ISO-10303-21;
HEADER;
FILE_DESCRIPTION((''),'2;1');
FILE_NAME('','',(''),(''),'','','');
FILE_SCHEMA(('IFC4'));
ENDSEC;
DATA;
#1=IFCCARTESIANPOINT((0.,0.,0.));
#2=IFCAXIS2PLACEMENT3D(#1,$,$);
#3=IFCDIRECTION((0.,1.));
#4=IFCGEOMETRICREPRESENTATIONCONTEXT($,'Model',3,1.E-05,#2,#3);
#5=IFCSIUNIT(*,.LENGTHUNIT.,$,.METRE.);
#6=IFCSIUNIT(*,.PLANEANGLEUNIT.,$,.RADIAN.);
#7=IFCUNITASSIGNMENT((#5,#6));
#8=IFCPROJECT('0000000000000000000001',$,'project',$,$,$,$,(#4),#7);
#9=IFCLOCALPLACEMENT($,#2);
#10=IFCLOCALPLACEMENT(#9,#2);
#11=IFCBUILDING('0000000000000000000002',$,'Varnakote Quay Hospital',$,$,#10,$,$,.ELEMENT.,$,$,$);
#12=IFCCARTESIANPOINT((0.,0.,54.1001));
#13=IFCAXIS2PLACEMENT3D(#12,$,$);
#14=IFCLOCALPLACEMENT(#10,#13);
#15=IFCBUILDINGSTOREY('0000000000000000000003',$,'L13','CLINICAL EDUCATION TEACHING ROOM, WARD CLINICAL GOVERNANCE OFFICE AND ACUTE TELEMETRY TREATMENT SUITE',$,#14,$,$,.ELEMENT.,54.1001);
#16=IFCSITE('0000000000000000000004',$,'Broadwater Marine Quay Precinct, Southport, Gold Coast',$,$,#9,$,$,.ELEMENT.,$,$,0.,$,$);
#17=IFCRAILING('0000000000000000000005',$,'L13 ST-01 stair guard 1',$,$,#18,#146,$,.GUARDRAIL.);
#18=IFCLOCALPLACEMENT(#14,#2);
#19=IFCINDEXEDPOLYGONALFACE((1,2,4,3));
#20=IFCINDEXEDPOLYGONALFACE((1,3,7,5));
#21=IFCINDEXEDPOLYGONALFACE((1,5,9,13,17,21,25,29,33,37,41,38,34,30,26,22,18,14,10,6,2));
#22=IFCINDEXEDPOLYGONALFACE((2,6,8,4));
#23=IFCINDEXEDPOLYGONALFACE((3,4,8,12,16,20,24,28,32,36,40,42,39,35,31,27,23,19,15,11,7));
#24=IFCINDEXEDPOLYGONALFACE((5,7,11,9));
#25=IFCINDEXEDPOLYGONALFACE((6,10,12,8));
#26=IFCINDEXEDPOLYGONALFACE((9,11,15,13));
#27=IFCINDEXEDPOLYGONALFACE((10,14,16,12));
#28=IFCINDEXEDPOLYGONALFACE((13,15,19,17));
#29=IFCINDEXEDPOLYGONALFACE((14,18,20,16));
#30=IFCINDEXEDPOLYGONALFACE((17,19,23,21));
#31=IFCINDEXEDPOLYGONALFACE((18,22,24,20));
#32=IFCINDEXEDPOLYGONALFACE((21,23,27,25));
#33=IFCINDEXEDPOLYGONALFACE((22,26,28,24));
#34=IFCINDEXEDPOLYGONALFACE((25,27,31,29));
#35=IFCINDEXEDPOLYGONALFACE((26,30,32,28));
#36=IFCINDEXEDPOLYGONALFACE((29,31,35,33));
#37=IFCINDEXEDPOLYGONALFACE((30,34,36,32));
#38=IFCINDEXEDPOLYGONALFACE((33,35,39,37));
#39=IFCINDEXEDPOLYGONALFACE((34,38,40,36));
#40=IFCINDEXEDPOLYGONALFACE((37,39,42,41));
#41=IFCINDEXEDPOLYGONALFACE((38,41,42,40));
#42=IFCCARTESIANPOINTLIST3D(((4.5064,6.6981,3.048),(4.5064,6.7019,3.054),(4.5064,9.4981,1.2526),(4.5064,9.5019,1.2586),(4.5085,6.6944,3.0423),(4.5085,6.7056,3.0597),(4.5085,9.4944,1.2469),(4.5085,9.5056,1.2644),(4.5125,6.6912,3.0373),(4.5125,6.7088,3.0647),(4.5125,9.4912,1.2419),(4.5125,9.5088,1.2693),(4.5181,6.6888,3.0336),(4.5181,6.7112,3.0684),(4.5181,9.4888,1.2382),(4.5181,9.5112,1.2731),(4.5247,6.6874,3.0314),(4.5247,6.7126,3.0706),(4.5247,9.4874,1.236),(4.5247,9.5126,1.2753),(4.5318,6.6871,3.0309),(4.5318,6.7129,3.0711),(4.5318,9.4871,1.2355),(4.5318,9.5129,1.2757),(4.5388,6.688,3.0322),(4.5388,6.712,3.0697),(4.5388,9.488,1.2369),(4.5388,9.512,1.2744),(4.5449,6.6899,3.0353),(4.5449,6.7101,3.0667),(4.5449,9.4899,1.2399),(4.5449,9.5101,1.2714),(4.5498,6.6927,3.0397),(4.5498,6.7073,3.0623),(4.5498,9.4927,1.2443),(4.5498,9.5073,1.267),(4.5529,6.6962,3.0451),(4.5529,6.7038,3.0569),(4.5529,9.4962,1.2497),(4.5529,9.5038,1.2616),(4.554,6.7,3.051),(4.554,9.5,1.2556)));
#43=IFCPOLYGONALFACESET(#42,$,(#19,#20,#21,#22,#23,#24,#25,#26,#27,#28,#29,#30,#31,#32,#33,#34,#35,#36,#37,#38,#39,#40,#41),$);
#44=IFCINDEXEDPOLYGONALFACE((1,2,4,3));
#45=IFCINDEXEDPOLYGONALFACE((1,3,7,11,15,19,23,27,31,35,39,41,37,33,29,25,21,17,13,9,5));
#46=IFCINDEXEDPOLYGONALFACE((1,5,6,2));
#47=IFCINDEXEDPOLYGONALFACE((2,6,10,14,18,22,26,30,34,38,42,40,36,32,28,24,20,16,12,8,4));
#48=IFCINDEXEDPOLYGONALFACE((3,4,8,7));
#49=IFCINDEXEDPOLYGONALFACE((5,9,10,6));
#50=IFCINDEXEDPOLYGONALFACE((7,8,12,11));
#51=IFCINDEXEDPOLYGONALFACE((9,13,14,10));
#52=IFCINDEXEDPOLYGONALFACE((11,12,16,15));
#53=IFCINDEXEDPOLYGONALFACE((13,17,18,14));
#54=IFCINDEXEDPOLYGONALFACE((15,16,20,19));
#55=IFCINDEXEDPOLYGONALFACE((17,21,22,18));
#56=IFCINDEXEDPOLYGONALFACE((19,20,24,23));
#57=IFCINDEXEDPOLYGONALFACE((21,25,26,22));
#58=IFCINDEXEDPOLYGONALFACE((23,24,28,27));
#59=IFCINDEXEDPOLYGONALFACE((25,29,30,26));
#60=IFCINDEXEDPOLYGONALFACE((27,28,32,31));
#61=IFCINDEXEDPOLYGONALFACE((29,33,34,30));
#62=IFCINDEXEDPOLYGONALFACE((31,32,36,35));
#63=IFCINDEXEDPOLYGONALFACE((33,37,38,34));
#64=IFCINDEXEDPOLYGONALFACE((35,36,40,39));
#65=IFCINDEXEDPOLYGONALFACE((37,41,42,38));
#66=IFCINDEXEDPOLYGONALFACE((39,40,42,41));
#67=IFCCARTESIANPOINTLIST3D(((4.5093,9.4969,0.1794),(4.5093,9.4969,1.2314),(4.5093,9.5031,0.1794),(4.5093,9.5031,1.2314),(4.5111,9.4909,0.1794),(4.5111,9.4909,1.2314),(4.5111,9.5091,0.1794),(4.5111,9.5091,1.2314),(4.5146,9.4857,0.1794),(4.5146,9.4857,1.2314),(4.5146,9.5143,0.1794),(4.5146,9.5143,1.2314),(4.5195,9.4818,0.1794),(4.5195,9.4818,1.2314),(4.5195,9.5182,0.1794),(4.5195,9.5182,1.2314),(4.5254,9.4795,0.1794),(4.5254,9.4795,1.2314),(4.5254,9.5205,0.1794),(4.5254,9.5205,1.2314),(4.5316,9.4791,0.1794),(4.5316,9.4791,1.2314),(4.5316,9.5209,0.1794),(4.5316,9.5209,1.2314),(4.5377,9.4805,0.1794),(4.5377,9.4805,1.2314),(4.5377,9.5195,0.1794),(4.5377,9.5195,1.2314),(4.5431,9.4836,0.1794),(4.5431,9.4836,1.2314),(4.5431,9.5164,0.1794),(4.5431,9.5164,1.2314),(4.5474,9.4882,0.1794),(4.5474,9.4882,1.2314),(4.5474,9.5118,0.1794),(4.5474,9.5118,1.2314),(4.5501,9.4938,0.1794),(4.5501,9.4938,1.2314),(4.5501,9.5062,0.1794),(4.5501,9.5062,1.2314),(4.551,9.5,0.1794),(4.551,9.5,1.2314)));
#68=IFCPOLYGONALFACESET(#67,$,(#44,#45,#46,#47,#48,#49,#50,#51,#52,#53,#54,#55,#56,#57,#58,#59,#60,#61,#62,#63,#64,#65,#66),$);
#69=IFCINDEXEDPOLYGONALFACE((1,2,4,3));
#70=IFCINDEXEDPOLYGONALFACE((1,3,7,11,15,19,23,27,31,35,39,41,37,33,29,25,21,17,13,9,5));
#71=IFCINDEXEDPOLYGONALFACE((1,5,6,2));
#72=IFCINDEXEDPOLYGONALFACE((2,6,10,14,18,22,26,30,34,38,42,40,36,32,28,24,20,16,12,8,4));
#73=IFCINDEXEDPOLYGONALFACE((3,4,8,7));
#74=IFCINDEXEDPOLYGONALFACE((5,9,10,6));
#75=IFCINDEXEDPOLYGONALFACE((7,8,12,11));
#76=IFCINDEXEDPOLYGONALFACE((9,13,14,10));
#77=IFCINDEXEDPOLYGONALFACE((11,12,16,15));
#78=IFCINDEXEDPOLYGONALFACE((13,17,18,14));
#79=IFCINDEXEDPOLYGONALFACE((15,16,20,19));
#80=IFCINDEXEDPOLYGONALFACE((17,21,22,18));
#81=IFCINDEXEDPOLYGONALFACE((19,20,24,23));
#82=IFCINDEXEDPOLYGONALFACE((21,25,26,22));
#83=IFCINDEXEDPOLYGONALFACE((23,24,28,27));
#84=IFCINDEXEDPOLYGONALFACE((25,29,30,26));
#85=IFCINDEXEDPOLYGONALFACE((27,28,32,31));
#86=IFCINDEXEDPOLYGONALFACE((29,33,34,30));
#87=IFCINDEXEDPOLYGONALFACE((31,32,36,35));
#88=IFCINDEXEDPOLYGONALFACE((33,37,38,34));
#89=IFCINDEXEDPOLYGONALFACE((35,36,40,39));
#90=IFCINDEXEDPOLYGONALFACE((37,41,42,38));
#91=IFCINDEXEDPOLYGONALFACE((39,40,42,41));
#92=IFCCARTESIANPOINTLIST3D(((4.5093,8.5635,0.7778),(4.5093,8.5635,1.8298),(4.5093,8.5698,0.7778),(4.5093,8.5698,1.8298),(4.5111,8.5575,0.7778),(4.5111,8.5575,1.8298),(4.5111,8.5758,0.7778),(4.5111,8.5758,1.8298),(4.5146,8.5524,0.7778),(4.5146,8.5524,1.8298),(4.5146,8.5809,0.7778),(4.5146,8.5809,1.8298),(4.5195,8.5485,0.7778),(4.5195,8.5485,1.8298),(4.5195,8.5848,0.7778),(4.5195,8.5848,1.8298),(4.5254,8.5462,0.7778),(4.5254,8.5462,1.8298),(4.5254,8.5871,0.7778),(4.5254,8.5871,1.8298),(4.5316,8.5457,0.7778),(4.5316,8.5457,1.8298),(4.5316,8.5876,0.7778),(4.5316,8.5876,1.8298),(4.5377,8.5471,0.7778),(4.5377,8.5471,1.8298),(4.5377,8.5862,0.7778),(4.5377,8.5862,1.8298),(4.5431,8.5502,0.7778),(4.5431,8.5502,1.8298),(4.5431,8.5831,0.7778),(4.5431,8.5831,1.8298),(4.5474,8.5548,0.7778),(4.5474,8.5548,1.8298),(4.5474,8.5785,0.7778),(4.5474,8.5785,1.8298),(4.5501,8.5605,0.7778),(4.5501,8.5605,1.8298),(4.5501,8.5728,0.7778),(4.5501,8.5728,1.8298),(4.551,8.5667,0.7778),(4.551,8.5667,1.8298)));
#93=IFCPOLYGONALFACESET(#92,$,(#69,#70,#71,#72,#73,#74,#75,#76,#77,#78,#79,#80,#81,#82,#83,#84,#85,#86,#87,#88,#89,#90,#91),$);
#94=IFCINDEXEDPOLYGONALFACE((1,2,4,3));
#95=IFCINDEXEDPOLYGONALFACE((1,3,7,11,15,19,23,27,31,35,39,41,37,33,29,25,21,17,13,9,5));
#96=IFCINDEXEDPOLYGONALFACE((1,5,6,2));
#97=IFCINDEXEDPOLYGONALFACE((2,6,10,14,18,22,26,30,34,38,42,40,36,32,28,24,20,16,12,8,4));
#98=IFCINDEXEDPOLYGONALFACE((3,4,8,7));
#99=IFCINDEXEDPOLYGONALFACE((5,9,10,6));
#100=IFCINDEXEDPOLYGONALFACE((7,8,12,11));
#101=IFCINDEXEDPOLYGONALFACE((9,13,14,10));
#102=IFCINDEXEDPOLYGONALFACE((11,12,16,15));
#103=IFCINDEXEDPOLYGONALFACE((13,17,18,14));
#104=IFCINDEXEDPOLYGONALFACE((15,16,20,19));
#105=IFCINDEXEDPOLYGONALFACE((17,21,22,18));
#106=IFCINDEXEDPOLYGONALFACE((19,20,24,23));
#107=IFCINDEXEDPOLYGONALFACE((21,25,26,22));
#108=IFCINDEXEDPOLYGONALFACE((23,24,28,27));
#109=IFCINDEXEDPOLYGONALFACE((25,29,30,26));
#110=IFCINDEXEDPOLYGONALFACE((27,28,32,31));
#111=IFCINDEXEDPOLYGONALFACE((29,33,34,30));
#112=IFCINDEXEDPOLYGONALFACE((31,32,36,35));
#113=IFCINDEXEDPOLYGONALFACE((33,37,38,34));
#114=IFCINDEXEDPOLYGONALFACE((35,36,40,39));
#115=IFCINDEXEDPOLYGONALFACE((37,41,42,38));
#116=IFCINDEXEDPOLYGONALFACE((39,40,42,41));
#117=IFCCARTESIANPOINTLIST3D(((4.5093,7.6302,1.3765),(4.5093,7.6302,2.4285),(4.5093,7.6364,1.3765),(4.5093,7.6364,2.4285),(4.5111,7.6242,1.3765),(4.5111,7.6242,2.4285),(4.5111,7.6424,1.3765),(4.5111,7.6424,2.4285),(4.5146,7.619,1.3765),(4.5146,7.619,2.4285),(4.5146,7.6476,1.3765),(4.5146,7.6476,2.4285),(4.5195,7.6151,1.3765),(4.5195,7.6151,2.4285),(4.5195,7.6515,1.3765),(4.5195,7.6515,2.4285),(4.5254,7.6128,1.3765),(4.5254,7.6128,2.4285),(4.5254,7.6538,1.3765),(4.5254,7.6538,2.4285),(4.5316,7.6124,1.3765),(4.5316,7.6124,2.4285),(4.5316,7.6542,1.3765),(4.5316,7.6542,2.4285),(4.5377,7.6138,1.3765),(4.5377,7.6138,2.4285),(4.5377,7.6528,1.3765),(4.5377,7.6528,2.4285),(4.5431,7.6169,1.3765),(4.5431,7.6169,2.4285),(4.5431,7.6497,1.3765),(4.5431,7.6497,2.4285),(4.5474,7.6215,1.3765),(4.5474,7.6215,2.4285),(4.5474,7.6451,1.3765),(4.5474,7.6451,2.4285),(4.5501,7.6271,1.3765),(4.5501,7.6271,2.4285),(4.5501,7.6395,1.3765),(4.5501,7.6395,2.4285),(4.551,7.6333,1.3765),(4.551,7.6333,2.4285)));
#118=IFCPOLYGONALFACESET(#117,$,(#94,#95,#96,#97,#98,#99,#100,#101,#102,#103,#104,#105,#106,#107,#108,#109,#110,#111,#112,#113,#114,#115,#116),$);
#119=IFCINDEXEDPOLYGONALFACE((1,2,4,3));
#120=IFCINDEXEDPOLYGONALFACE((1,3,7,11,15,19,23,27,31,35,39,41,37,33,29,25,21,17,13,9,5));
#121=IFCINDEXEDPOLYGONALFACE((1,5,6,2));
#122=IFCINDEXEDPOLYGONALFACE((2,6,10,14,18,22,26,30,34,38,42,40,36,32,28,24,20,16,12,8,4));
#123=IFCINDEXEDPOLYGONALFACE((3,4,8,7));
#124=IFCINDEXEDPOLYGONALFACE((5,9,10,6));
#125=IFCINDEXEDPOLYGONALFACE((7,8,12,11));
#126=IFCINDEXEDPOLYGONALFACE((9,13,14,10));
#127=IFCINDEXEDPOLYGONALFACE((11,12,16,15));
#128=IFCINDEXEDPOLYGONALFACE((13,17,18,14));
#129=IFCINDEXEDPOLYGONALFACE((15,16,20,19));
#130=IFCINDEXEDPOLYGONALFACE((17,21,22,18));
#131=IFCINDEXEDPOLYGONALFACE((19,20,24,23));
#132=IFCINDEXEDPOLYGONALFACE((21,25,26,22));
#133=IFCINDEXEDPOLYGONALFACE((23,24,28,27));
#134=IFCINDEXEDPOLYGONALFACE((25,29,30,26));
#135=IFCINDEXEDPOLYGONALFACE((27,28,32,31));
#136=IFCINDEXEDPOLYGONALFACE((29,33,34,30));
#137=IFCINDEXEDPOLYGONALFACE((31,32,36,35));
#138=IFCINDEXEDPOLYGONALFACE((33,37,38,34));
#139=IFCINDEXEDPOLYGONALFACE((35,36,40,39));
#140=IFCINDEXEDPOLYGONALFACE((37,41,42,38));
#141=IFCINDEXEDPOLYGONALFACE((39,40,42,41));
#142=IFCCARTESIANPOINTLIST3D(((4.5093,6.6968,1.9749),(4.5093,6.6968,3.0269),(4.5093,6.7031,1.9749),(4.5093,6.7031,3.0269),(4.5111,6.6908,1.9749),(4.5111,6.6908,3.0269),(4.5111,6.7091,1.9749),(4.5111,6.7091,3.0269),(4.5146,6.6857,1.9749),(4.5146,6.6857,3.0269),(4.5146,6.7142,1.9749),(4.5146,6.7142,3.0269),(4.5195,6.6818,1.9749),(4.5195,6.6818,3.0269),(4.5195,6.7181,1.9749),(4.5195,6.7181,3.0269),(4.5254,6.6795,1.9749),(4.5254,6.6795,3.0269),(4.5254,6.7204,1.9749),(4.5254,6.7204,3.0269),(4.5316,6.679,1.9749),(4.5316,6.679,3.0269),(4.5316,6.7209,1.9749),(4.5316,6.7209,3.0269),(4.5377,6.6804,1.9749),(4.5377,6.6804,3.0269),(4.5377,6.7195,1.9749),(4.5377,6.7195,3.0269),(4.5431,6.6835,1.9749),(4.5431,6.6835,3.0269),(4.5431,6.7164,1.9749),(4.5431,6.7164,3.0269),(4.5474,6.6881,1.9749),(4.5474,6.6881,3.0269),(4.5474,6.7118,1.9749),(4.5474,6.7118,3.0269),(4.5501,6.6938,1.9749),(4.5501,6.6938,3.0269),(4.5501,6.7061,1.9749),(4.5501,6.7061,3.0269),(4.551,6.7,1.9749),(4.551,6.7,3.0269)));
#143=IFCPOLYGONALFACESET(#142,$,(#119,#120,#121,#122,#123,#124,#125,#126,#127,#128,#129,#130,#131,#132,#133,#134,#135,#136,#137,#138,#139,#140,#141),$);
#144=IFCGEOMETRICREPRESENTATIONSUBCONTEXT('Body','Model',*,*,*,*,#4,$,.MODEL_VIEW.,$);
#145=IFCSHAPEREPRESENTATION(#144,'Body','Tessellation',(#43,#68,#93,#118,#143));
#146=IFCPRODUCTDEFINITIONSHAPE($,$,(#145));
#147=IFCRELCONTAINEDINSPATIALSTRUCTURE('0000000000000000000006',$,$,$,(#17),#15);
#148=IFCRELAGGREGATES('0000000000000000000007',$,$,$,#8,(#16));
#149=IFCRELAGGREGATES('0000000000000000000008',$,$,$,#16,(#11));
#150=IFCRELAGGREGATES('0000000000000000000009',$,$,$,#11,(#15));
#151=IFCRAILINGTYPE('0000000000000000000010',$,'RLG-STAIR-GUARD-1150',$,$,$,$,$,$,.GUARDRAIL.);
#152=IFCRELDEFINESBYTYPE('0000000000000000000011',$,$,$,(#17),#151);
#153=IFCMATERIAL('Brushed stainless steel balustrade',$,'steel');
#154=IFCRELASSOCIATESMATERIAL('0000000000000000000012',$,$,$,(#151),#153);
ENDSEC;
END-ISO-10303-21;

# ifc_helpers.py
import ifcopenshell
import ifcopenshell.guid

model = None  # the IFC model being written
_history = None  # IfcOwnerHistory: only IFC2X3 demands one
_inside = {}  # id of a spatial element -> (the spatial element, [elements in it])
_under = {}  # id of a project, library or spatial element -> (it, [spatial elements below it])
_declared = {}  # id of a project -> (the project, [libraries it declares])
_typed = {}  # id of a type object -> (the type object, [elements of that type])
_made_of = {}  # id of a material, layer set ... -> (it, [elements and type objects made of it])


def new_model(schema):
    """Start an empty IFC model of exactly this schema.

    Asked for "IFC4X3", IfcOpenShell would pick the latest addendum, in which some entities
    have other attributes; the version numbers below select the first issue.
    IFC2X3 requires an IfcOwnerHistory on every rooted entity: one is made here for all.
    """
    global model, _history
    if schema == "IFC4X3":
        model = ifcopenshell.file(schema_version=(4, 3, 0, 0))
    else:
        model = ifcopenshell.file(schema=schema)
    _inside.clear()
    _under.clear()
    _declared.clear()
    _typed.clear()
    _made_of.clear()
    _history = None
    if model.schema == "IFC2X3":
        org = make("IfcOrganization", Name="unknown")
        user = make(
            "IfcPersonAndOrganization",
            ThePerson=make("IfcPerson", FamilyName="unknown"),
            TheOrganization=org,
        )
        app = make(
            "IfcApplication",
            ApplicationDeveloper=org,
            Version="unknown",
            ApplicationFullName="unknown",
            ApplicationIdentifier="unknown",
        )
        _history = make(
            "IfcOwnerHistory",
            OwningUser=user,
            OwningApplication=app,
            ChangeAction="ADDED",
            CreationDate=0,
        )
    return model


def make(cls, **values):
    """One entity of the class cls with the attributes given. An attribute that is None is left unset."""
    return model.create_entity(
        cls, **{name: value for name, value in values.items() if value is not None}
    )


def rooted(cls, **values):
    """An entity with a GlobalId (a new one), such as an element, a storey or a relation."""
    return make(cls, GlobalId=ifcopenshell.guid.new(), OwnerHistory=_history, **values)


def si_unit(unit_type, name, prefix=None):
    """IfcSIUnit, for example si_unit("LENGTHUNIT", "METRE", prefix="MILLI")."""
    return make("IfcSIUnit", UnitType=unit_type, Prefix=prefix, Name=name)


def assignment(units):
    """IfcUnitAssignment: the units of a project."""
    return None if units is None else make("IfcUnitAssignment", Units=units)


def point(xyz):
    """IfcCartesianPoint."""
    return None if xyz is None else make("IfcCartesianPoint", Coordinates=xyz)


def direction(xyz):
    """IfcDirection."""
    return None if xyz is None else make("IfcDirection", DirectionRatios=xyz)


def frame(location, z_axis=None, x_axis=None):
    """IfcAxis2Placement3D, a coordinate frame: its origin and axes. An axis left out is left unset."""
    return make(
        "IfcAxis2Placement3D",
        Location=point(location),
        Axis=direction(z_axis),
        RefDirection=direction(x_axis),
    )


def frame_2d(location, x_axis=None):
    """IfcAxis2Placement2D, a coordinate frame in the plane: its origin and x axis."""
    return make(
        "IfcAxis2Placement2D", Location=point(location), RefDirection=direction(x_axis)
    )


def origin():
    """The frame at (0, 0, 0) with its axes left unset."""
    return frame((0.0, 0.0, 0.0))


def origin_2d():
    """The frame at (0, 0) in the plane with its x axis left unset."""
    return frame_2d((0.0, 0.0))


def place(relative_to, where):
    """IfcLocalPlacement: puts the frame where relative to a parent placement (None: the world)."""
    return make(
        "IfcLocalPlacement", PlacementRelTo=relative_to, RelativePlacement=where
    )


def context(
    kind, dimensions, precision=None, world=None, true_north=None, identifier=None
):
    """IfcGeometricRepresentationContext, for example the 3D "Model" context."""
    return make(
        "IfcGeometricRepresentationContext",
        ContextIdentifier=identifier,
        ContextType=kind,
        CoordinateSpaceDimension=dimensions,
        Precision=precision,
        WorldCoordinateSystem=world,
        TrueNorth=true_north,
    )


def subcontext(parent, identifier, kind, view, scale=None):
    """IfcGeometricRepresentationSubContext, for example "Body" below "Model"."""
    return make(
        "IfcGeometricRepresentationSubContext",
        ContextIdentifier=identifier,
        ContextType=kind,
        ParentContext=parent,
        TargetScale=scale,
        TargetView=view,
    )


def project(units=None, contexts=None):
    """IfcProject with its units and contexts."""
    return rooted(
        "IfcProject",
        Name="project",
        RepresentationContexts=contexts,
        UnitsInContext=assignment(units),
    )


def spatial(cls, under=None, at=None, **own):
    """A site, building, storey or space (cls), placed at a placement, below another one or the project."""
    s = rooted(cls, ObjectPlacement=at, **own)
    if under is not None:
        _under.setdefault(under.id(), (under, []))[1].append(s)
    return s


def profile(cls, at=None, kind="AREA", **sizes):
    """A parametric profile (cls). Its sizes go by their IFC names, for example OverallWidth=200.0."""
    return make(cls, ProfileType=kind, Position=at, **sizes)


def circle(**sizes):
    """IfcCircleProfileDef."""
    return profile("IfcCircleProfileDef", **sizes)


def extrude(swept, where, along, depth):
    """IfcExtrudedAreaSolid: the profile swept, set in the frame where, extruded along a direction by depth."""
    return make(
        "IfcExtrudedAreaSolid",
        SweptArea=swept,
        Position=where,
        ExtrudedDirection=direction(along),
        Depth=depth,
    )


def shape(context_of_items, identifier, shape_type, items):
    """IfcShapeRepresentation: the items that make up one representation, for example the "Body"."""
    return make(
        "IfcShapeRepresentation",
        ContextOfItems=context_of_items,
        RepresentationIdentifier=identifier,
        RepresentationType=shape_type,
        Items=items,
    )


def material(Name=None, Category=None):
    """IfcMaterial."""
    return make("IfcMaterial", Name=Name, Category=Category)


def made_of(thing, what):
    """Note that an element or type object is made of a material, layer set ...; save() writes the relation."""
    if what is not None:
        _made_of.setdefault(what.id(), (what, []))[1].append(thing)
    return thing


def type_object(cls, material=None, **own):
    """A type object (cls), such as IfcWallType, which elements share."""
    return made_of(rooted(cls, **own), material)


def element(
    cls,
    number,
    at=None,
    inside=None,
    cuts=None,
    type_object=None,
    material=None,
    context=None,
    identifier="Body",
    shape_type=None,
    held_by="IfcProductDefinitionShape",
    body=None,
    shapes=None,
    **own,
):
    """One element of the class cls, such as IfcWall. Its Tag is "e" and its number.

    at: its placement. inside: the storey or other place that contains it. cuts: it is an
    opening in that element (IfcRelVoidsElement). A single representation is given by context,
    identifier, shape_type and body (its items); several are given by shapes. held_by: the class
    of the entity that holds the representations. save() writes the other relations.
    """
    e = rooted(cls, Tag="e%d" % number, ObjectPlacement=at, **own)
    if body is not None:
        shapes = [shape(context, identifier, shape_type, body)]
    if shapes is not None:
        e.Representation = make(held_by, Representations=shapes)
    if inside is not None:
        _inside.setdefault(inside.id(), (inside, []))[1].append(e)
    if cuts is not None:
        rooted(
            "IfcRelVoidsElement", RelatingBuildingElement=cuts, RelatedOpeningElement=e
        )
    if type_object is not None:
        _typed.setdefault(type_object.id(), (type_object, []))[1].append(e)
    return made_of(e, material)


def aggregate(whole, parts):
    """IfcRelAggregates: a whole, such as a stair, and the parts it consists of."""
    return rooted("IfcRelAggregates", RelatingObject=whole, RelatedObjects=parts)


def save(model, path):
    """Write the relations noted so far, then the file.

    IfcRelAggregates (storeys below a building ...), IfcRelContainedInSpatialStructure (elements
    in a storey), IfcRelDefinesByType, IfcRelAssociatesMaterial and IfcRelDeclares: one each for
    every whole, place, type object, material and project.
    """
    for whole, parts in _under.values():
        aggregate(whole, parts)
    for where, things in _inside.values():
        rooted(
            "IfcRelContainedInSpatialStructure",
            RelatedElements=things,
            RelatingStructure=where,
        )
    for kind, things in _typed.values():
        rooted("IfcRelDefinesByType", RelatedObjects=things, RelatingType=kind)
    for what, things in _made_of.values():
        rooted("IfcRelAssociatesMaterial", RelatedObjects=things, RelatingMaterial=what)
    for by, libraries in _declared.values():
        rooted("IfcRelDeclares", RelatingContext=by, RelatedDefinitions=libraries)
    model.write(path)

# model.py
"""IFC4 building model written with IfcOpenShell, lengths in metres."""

from ifc_helpers import new_model, si_unit, direction, frame, origin, origin_2d, place, context, subcontext, project, spatial, circle, extrude, material, type_object, element, save


model = new_model("IFC4")

# Units and contexts
model_context = context("Model", 3, precision=1e-05, world=origin(), true_north=direction((0.0, 1.0)))
body_context = subcontext(model_context, "Body", "Model", "MODEL_VIEW")
ifc_project = project(units=[si_unit("LENGTHUNIT", "METRE"), si_unit("PLANEANGLEUNIT", "RADIAN")], contexts=[model_context])

# Site, building, storey
site_placement = place(None, origin())
site = spatial("IfcSite", under=ifc_project, at=site_placement, Name="Broadwater Marine Quay Precinct, Southport, Gold Coast", CompositionType="ELEMENT", RefElevation=0.0)
building_placement = place(site_placement, origin())
building = spatial("IfcBuilding", under=site, at=building_placement, Name="Varnakote Quay Hospital", CompositionType="ELEMENT")
storey_placement = place(building_placement, frame((0.0, 0.0, 54.1001)))
storey = spatial("IfcBuildingStorey", under=building, at=storey_placement, Name="L13", Description="CLINICAL EDUCATION TEACHING ROOM, WARD CLINICAL GOVERNANCE OFFICE AND ACUTE TELEMETRY TREATMENT SUITE", CompositionType="ELEMENT", Elevation=54.1001)

# Railing
ifc_material_1 = material(Name="Brushed stainless steel balustrade", Category="steel")
railing_type_1 = type_object("IfcRailingType", Name="RLG-STAIR-GUARD-1150", PredefinedType="GUARDRAIL", material=ifc_material_1)
railing_1_placement = place(storey_placement, frame((4.53, 9.5, 0.1794)))
element("IfcRailing", 1, at=railing_1_placement, inside=storey, type_object=railing_type_1, Name="L13 ST-01 stair guard 1", PredefinedType="GUARDRAIL", context=body_context, shape_type="SweptSolid", body=[
    extrude(circle(Radius=0.0239, at=origin_2d()), frame((0.0, 0.0, 1.0762), z_axis=(0.0, -0.84181, 0.539774), x_axis=(1.0, 0.0, 0.0)), (0.0, 0.0, 1.0), 3.3262),
    extrude(circle(Radius=0.021, at=origin_2d()), origin(), (0.0, 0.0, 1.0), 1.052),
    extrude(circle(Radius=0.021, at=origin_2d()), frame((0.0, -0.9333, 0.5984)), (0.0, 0.0, 1.0), 1.052),
    extrude(circle(Radius=0.021, at=origin_2d()), frame((0.0, -1.8667, 1.197)), (0.0, 0.0, 1.0), 1.052),
    extrude(circle(Radius=0.021, at=origin_2d()), frame((0.0, -2.8, 1.7954)), (0.0, 0.0, 1.0), 1.052),
])

save(model, "model.ifc")
